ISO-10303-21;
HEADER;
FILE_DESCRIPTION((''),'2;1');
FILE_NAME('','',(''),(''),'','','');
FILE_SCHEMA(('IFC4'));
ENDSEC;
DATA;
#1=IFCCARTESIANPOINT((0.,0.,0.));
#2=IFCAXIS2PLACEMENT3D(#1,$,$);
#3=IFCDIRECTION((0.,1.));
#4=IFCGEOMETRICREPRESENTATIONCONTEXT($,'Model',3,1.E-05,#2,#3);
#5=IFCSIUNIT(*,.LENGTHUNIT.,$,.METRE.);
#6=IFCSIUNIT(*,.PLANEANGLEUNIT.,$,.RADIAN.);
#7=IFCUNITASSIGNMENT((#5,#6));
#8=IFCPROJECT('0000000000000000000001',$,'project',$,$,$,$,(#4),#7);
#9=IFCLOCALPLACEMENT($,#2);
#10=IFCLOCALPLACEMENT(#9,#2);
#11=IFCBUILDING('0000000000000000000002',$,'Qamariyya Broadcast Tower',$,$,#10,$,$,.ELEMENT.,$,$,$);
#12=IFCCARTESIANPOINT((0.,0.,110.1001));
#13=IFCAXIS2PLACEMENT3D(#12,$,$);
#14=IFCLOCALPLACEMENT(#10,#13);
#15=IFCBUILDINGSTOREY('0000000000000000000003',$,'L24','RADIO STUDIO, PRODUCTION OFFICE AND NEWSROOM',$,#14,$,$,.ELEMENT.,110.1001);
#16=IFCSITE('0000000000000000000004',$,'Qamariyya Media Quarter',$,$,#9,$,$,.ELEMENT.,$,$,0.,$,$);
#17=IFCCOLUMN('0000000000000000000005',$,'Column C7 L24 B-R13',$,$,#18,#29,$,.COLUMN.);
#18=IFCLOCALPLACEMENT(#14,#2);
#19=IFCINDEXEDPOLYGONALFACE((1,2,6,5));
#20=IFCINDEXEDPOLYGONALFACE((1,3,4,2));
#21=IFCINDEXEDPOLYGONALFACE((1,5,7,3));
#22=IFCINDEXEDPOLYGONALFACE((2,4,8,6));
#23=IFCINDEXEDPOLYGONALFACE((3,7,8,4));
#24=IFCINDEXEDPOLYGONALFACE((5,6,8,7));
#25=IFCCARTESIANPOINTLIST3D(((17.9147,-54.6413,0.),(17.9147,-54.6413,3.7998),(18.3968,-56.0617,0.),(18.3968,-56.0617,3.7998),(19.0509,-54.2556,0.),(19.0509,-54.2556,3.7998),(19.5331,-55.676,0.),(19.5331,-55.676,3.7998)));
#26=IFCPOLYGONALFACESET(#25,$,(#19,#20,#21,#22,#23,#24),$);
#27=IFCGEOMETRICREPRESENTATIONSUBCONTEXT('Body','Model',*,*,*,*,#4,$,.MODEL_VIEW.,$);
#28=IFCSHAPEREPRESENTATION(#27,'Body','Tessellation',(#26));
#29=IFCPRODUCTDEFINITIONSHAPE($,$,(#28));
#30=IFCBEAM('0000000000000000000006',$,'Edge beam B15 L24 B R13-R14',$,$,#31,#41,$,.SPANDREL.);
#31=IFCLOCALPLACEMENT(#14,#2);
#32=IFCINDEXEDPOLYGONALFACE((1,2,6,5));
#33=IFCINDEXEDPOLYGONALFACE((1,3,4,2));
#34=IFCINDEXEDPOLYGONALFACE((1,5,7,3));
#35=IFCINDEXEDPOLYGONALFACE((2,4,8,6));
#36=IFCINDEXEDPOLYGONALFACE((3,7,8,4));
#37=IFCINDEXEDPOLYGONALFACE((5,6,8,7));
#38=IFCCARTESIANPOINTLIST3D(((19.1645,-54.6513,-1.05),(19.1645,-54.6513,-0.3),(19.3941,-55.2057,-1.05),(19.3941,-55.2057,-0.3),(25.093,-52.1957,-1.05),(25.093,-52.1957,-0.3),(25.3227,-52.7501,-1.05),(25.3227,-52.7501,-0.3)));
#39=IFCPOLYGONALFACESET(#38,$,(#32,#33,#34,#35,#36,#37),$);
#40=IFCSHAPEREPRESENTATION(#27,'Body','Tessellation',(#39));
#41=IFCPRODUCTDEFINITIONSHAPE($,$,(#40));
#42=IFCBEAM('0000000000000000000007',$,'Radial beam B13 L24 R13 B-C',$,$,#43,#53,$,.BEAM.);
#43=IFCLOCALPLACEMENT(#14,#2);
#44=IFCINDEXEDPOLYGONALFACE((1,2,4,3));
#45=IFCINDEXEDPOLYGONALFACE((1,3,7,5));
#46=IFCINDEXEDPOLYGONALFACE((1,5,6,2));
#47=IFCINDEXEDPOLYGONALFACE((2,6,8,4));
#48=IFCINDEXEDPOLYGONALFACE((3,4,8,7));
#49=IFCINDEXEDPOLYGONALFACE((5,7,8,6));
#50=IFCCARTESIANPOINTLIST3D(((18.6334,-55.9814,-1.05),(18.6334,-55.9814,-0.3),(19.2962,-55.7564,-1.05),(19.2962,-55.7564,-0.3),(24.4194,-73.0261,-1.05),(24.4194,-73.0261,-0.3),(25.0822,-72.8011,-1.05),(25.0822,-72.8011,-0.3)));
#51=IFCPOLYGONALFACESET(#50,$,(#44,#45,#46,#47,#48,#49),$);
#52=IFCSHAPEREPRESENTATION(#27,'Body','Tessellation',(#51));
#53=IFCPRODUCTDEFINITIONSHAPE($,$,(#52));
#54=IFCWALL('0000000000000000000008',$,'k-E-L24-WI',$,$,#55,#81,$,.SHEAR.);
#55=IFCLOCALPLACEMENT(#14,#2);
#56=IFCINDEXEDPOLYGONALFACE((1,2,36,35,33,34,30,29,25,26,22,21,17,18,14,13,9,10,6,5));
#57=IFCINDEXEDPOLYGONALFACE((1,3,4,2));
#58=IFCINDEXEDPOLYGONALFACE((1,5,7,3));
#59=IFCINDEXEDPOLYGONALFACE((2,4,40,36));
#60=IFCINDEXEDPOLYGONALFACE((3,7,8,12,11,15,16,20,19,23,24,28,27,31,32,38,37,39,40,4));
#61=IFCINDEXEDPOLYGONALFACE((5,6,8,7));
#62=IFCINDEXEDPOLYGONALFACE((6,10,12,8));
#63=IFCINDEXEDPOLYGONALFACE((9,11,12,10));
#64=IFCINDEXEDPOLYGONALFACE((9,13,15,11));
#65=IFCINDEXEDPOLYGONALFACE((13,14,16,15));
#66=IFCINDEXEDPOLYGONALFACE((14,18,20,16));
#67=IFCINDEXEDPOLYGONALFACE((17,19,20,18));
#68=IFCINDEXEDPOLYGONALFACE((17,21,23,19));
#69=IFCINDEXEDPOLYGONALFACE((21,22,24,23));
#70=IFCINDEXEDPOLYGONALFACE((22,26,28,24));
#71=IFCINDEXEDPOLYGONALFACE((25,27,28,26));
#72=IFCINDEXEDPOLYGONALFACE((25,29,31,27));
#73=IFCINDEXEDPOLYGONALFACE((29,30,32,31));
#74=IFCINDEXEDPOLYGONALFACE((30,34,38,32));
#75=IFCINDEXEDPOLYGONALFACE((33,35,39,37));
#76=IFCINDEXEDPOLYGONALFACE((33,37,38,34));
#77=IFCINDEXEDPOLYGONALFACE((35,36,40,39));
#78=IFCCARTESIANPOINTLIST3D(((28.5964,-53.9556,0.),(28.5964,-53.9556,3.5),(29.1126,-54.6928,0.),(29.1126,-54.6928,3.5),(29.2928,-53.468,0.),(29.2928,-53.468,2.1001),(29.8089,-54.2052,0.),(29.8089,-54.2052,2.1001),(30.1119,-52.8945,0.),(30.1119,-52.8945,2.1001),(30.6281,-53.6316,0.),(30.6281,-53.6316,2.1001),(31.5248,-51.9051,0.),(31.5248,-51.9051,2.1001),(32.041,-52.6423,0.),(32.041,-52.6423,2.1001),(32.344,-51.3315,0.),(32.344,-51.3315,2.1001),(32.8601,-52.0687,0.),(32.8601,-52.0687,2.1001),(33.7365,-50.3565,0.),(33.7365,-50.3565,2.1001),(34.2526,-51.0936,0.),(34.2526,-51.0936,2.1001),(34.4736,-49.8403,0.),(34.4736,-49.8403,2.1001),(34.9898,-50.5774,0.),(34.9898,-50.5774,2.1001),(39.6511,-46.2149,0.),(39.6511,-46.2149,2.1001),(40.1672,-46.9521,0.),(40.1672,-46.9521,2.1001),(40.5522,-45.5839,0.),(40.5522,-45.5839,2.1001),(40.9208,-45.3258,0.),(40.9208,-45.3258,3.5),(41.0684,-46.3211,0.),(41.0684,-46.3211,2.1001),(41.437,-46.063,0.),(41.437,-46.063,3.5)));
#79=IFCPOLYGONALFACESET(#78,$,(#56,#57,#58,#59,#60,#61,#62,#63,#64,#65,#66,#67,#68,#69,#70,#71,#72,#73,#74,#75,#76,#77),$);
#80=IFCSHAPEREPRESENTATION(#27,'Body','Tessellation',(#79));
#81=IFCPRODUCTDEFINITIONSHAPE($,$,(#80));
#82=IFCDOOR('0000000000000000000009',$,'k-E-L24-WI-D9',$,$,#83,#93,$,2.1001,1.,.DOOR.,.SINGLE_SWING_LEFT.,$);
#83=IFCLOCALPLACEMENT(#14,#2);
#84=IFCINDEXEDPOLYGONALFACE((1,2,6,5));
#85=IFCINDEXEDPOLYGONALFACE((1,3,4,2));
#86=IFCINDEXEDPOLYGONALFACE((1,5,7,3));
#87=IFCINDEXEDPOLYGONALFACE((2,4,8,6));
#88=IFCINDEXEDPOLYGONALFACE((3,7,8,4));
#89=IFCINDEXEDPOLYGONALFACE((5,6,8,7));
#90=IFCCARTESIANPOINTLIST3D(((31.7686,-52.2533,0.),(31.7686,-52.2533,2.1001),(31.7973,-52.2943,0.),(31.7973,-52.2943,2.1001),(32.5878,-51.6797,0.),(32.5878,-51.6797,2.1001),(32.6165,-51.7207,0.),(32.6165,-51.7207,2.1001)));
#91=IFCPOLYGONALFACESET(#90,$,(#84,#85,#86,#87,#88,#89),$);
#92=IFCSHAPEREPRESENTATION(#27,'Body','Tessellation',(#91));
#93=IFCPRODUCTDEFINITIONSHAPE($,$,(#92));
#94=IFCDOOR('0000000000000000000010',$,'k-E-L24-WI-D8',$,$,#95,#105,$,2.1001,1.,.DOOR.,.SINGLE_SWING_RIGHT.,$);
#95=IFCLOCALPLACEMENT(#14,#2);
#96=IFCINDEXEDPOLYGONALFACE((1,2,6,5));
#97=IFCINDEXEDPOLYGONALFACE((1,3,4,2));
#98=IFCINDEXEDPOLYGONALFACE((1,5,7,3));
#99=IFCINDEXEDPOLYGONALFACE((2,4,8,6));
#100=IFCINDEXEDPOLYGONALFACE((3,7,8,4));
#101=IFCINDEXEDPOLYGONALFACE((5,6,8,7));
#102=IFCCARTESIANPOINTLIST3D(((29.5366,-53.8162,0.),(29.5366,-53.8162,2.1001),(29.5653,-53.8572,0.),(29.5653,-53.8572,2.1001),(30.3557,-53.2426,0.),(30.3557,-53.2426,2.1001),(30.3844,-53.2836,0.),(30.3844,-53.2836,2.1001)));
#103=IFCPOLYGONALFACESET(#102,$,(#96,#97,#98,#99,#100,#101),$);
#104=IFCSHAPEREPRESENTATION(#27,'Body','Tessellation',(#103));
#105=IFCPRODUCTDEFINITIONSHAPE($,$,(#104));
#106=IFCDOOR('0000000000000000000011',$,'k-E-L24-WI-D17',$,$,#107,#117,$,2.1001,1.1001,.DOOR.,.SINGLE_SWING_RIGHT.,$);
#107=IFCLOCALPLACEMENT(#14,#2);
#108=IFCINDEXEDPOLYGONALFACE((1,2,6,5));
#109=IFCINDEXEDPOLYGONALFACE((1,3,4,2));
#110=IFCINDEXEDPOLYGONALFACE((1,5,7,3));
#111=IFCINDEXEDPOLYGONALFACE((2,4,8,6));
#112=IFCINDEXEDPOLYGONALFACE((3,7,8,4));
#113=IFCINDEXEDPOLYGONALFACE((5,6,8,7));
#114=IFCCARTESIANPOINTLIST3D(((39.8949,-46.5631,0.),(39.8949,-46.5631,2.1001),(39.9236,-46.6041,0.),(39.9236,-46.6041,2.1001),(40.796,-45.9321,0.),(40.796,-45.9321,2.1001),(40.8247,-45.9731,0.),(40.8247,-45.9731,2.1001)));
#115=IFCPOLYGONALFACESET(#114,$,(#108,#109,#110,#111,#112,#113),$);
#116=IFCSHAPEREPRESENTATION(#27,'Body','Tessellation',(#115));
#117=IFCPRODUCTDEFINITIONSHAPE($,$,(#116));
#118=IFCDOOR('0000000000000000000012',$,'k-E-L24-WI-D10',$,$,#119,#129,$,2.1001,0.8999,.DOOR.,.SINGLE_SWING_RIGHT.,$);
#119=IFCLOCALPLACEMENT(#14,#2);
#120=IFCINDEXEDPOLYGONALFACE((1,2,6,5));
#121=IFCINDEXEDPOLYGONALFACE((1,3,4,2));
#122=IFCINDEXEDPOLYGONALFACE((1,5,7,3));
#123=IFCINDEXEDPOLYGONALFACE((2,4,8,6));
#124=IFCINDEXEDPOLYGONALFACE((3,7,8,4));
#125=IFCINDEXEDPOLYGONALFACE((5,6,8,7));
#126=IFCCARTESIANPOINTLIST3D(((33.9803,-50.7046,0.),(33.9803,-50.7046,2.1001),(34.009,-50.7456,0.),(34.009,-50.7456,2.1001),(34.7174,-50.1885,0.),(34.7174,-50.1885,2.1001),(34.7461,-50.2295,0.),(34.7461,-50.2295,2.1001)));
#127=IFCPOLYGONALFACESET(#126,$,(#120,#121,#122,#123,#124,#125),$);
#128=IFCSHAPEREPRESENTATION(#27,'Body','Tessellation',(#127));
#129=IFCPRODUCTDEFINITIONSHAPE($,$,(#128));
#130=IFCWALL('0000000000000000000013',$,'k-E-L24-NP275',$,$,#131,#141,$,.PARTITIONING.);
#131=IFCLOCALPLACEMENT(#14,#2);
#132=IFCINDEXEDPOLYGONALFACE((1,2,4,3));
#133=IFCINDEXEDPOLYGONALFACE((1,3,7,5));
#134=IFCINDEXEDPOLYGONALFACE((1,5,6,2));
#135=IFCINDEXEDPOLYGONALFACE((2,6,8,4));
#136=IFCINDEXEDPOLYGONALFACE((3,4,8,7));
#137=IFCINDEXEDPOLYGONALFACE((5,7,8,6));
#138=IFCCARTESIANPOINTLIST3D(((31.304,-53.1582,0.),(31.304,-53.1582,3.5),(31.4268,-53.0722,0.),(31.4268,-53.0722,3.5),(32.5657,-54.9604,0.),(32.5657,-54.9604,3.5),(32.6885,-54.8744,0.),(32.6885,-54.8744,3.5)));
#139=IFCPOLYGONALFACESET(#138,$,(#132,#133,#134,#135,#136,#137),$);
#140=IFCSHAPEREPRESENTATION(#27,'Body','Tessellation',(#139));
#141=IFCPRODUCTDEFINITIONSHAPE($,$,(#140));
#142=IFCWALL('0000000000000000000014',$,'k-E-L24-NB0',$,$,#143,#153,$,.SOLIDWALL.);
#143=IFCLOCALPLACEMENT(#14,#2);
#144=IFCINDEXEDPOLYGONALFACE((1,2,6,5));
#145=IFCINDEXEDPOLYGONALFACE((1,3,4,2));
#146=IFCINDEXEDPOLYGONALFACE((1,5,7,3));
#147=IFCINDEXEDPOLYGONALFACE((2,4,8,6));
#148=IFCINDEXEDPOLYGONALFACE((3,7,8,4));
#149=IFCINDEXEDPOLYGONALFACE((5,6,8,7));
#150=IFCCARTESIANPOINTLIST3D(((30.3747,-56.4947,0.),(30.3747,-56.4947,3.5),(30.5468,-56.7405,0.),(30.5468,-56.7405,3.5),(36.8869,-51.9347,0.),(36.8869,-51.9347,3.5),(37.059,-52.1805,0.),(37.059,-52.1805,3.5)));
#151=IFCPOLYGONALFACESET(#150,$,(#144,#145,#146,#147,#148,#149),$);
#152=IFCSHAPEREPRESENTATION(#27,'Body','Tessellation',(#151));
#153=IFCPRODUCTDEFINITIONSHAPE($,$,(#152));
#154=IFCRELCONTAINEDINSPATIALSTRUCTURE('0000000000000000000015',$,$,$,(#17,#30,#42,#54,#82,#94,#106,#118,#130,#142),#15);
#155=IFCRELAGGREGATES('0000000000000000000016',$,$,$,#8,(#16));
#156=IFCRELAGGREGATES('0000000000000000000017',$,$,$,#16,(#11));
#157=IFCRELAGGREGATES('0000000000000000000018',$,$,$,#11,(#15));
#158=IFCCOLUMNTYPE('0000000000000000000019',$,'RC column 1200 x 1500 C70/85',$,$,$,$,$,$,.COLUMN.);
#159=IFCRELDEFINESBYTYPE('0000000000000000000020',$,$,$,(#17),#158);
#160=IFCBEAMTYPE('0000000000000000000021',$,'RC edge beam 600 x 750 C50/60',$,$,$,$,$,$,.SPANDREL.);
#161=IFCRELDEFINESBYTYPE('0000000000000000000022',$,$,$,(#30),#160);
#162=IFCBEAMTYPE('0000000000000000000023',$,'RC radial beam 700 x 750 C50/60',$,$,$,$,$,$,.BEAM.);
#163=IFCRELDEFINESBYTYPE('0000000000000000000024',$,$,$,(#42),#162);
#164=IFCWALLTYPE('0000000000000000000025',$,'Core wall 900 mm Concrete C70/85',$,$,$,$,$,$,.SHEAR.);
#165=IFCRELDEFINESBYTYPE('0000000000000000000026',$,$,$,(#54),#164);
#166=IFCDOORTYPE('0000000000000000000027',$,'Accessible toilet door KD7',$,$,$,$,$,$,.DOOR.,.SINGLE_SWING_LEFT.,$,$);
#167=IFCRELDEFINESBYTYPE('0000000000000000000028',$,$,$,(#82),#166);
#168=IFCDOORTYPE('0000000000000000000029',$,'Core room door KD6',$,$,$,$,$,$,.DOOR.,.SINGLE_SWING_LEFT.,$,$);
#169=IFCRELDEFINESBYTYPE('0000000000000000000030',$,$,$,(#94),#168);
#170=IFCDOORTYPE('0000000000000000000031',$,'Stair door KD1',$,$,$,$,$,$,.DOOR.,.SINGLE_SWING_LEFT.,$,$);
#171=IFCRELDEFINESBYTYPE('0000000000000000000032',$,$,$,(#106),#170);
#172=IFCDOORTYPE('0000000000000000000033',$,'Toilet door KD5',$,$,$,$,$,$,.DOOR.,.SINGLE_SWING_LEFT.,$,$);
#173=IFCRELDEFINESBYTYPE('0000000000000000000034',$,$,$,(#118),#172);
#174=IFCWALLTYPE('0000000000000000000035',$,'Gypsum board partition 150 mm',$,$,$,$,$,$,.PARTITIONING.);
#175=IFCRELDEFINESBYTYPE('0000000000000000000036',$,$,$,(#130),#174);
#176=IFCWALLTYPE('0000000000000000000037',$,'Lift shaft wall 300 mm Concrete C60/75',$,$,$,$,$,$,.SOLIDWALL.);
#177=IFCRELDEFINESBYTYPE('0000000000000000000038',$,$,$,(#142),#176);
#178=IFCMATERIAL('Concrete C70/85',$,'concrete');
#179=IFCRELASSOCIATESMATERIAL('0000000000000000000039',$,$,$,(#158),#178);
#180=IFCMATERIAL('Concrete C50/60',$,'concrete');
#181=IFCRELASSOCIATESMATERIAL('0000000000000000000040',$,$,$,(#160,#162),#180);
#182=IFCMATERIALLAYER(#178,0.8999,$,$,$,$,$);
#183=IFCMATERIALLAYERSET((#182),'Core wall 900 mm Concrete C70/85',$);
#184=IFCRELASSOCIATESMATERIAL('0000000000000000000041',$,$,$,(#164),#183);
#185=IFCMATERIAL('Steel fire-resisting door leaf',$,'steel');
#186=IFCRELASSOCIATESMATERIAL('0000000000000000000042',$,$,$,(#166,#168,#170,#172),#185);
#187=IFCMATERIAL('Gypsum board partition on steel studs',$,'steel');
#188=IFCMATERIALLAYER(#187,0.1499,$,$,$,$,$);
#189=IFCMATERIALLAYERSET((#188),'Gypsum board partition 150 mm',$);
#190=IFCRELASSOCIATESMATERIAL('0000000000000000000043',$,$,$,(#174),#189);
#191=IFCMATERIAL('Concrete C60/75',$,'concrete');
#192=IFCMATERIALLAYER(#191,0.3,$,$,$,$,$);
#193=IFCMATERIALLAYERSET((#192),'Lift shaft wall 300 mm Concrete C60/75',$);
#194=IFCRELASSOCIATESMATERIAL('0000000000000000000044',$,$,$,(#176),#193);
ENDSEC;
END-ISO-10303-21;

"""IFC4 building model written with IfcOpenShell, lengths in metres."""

from ifc_helpers import new_model, si_unit, direction, frame, frame_2d, origin, origin_2d, place, context, subcontext, project, spatial, rectangle, extrude, material, layer, layer_set, material_profile, profile_set, type_object, element, fill, save


model = new_model("IFC4")

# Units and contexts
model_context = context("Model", 3, precision=1e-05, world=origin(), true_north=direction((0.0, 1.0)))
body_context = subcontext(model_context, "Body", "Model", "MODEL_VIEW")
ifc_project = project(units=[si_unit("LENGTHUNIT", "METRE"), si_unit("PLANEANGLEUNIT", "RADIAN")], contexts=[model_context])

# Site, building, storey
site_placement = place(None, origin())
site = spatial("IfcSite", under=ifc_project, at=site_placement, Name="Qamariyya Media Quarter", CompositionType="ELEMENT", RefElevation=0.0)
building_placement = place(site_placement, origin())
building = spatial("IfcBuilding", under=site, at=building_placement, Name="Qamariyya Broadcast Tower", CompositionType="ELEMENT")
storey_placement = place(building_placement, frame((0.0, 0.0, 110.1001)))
storey = spatial("IfcBuildingStorey", under=building, at=storey_placement, Name="L24", Description="RADIO STUDIO, PRODUCTION OFFICE AND NEWSROOM", CompositionType="ELEMENT", Elevation=110.1001)

# Column
ifc_material_1 = material(Name="Concrete C70/85", Category="concrete")
ifc_material_profile_1 = material_profile(ifc_material_1, rectangle(XDim=1.2, YDim=1.5, at=origin_2d()))
ifc_profile_set_1 = profile_set([ifc_material_profile_1], Name="Concrete C70/85")
column_type = type_object("IfcColumnType", Name="RC column 1200 x 1500 C70/85", PredefinedType="COLUMN", material=ifc_profile_set_1)
column_placement = place(storey_placement, frame((18.7239, -55.1587, 0.0), z_axis=(0.0, 0.0, 1.0), x_axis=(0.94693, 0.321439, 0.0)))
element("IfcColumn", 1, at=column_placement, inside=storey, type_object=column_type, Name="Column C7 L24 B-R13", PredefinedType="COLUMN", context=body_context, shape_type="SweptSolid", body=[
    extrude(rectangle(XDim=1.2, YDim=1.5, at=origin_2d()), origin(), (0.0, 0.0, 1.0), 3.7998),
])

# Beams
ifc_material_2 = material(Name="Concrete C50/60", Category="concrete")
ifc_material_profile_2 = material_profile(ifc_material_2, rectangle(XDim=0.6001, YDim=0.75, at=origin_2d()))
ifc_profile_set_2 = profile_set([ifc_material_profile_2], Name="Concrete C50/60")
beam_type_1 = type_object("IfcBeamType", Name="RC edge beam 600 x 750 C50/60", PredefinedType="SPANDREL", material=ifc_profile_set_2)
beam_1_placement = place(storey_placement, frame((19.2793, -54.9285, -0.675), z_axis=(0.923884, 0.382672, 0.0), x_axis=(-0.382672, 0.923884, 0.0)))
element("IfcBeam", 2, at=beam_1_placement, inside=storey, type_object=beam_type_1, Name="Edge beam B15 L24 B R13-R14", PredefinedType="SPANDREL", context=body_context, shape_type="SweptSolid", body=[
    extrude(rectangle(XDim=0.6001, YDim=0.75, at=origin_2d()), origin(), (0.0, 0.0, 1.0), 6.417),
])
ifc_material_profile_3 = material_profile(ifc_material_2, rectangle(XDim=0.7, YDim=0.75, at=origin_2d()))
ifc_profile_set_3 = profile_set([ifc_material_profile_3], Name="Concrete C50/60")
beam_type_2 = type_object("IfcBeamType", Name="RC radial beam 700 x 750 C50/60", PredefinedType="BEAM", material=ifc_profile_set_3)
beam_2_placement = place(storey_placement, frame((18.9648, -55.8689, -0.675), z_axis=(0.321439, -0.94693, 0.0), x_axis=(0.94693, 0.321439, 0.0)))
element("IfcBeam", 3, at=beam_2_placement, inside=storey, type_object=beam_type_2, Name="Radial beam B13 L24 R13 B-C", PredefinedType="BEAM", context=body_context, shape_type="SweptSolid", body=[
    extrude(rectangle(XDim=0.7, YDim=0.75, at=origin_2d()), origin(), (0.0, 0.0, 1.0), 18.0),
])

# Wall, openings, doors
ifc_layer_1 = layer(ifc_material_1, 0.8999)
ifc_layer_set_1 = layer_set([ifc_layer_1], Name="Core wall 900 mm Concrete C70/85")
wall_type_1 = type_object("IfcWallType", Name="Core wall 900 mm Concrete C70/85", PredefinedType="SHEAR", material=ifc_layer_set_1)
wall_1_placement = place(storey_placement, frame((28.8545, -54.3242, 0.0), z_axis=(0.0, 0.0, 1.0), x_axis=(0.819146, 0.573585, 0.0)))
wall_1 = element("IfcWall", 4, at=wall_1_placement, inside=storey, type_object=wall_type_1, Name="k-E-L24-WI", PredefinedType="SHEAR", context=body_context, shape_type="SweptSolid", body=[
    extrude(rectangle(XDim=15.0454, YDim=0.8999, at=frame_2d((7.5227, 0.0))), origin(), (0.0, 0.0, 1.0), 3.5),
])
opening_1_placement = place(wall_1_placement, frame((0.8501, 0.0, 0.0)))
opening_1 = element("IfcOpeningElement", 5, at=opening_1_placement, cuts=wall_1, PredefinedType="OPENING", context=body_context, shape_type="SweptSolid", body=[
    extrude(rectangle(XDim=1.0, YDim=2.1001, at=frame_2d((0.5, 1.05))), frame((0.0, 0.46, 0.0), z_axis=(0.0, -1.0, 0.0), x_axis=(1.0, 0.0, 0.0)), (0.0, 0.0, 1.0), 0.9199),
])
opening_2_placement = place(wall_1_placement, frame((3.575, 0.0, 0.0)))
opening_2 = element("IfcOpeningElement", 6, at=opening_2_placement, cuts=wall_1, PredefinedType="OPENING", context=body_context, shape_type="SweptSolid", body=[
    extrude(rectangle(XDim=1.0, YDim=2.1001, at=frame_2d((0.5, 1.05))), frame((0.0, 0.46, 0.0), z_axis=(0.0, -1.0, 0.0), x_axis=(1.0, 0.0, 0.0)), (0.0, 0.0, 1.0), 0.9199),
])
opening_3_placement = place(wall_1_placement, frame((6.2749, 0.0, 0.0)))
opening_3 = element("IfcOpeningElement", 7, at=opening_3_placement, cuts=wall_1, PredefinedType="OPENING", context=body_context, shape_type="SweptSolid", body=[
    extrude(rectangle(XDim=0.8999, YDim=2.1001, at=frame_2d((0.45, 1.05))), frame((0.0, 0.46, 0.0), z_axis=(0.0, -1.0, 0.0), x_axis=(1.0, 0.0, 0.0)), (0.0, 0.0, 1.0), 0.9199),
])
opening_4_placement = place(wall_1_placement, frame((13.4954, 0.0, 0.0)))
opening_4 = element("IfcOpeningElement", 8, at=opening_4_placement, cuts=wall_1, PredefinedType="OPENING", context=body_context, shape_type="SweptSolid", body=[
    extrude(rectangle(XDim=1.1001, YDim=2.1001, at=frame_2d((0.55, 1.05))), frame((0.0, 0.46, 0.0), z_axis=(0.0, -1.0, 0.0), x_axis=(1.0, 0.0, 0.0)), (0.0, 0.0, 1.0), 0.9199),
])
ifc_material_3 = material(Name="Steel fire-resisting door leaf", Category="steel")
door_type_1 = type_object("IfcDoorType", Name="Accessible toilet door KD7", OperationType="SINGLE_SWING_LEFT", PredefinedType="DOOR", material=ifc_material_3)
door_1_placement = place(opening_2_placement, origin())
door_1 = element("IfcDoor", 9, at=door_1_placement, inside=storey, type_object=door_type_1, Name="k-E-L24-WI-D9", OperationType="SINGLE_SWING_LEFT", OverallHeight=2.1001, OverallWidth=1.0, PredefinedType="DOOR", context=body_context, shape_type="SweptSolid", body=[
    extrude(rectangle(XDim=1.0, YDim=2.1001, at=frame_2d((0.5, 1.05))), frame((0.0, 0.0249, 0.0), z_axis=(0.0, -1.0, 0.0), x_axis=(1.0, 0.0, 0.0)), (0.0, 0.0, 1.0), 0.05),
])
fill(opening_2, door_1)
door_type_2 = type_object("IfcDoorType", Name="Core room door KD6", OperationType="SINGLE_SWING_LEFT", PredefinedType="DOOR", material=ifc_material_3)
door_2_placement = place(opening_1_placement, origin())
door_2 = element("IfcDoor", 10, at=door_2_placement, inside=storey, type_object=door_type_2, Name="k-E-L24-WI-D8", OperationType="SINGLE_SWING_RIGHT", OverallHeight=2.1001, OverallWidth=1.0, PredefinedType="DOOR", context=body_context, shape_type="SweptSolid", body=[
    extrude(rectangle(XDim=1.0, YDim=2.1001, at=frame_2d((0.5, 1.05))), frame((0.0, 0.0249, 0.0), z_axis=(0.0, -1.0, 0.0), x_axis=(1.0, 0.0, 0.0)), (0.0, 0.0, 1.0), 0.05),
])
fill(opening_1, door_2)
door_type_3 = type_object("IfcDoorType", Name="Stair door KD1", OperationType="SINGLE_SWING_LEFT", PredefinedType="DOOR", material=ifc_material_3)
door_3_placement = place(opening_4_placement, origin())
door_3 = element("IfcDoor", 11, at=door_3_placement, inside=storey, type_object=door_type_3, Name="k-E-L24-WI-D17", OperationType="SINGLE_SWING_RIGHT", OverallHeight=2.1001, OverallWidth=1.1001, PredefinedType="DOOR", context=body_context, shape_type="SweptSolid", body=[
    extrude(rectangle(XDim=1.1001, YDim=2.1001, at=frame_2d((0.55, 1.05))), frame((0.0, 0.0249, 0.0), z_axis=(0.0, -1.0, 0.0), x_axis=(1.0, 0.0, 0.0)), (0.0, 0.0, 1.0), 0.05),
])
fill(opening_4, door_3)
door_type_4 = type_object("IfcDoorType", Name="Toilet door KD5", OperationType="SINGLE_SWING_LEFT", PredefinedType="DOOR", material=ifc_material_3)
door_4_placement = place(opening_3_placement, origin())
door_4 = element("IfcDoor", 12, at=door_4_placement, inside=storey, type_object=door_type_4, Name="k-E-L24-WI-D10", OperationType="SINGLE_SWING_RIGHT", OverallHeight=2.1001, OverallWidth=0.8999, PredefinedType="DOOR", context=body_context, shape_type="SweptSolid", body=[
    extrude(rectangle(XDim=0.8999, YDim=2.1001, at=frame_2d((0.45, 1.05))), frame((0.0, 0.0249, 0.0), z_axis=(0.0, -1.0, 0.0), x_axis=(1.0, 0.0, 0.0)), (0.0, 0.0, 1.0), 0.05),
])
fill(opening_3, door_4)

# Walls
ifc_material_4 = material(Name="Gypsum board partition on steel studs", Category="steel")
ifc_layer_2 = layer(ifc_material_4, 0.1499)
ifc_layer_set_2 = layer_set([ifc_layer_2], Name="Gypsum board partition 150 mm")
wall_type_2 = type_object("IfcWallType", Name="Gypsum board partition 150 mm", PredefinedType="PARTITIONING", material=ifc_layer_set_2)
wall_2_placement = place(storey_placement, frame((32.6272, -54.9175, 0.0), z_axis=(0.0, 0.0, 1.0), x_axis=(-0.573507, 0.819201, 0.0)))
element("IfcWall", 13, at=wall_2_placement, inside=storey, type_object=wall_type_2, Name="k-E-L24-NP275", PredefinedType="PARTITIONING", context=body_context, shape_type="SweptSolid", body=[
    extrude(rectangle(XDim=2.2, YDim=0.1499, at=frame_2d((1.1001, 0.0))), origin(), (0.0, 0.0, 1.0), 3.5),
])
ifc_material_5 = material(Name="Concrete C60/75", Category="concrete")
ifc_layer_3 = layer(ifc_material_5, 0.3)
ifc_layer_set_3 = layer_set([ifc_layer_3], Name="Lift shaft wall 300 mm Concrete C60/75")
wall_type_3 = type_object("IfcWallType", Name="Lift shaft wall 300 mm Concrete C60/75", PredefinedType="SOLIDWALL", material=ifc_layer_set_3)
wall_3_placement = place(storey_placement, frame((30.4607, -56.6177, 0.0), z_axis=(0.0, 0.0, 1.0), x_axis=(0.819142, 0.57359, 0.0)))
element("IfcWall", 14, at=wall_3_placement, inside=storey, type_object=wall_type_3, Name="k-E-L24-NB0", PredefinedType="SOLIDWALL", context=body_context, shape_type="SweptSolid", body=[
    extrude(rectangle(XDim=7.95, YDim=0.3, at=frame_2d((3.9751, 0.0))), origin(), (0.0, 0.0, 1.0), 3.5),
])

save(model, "model.ifc")
